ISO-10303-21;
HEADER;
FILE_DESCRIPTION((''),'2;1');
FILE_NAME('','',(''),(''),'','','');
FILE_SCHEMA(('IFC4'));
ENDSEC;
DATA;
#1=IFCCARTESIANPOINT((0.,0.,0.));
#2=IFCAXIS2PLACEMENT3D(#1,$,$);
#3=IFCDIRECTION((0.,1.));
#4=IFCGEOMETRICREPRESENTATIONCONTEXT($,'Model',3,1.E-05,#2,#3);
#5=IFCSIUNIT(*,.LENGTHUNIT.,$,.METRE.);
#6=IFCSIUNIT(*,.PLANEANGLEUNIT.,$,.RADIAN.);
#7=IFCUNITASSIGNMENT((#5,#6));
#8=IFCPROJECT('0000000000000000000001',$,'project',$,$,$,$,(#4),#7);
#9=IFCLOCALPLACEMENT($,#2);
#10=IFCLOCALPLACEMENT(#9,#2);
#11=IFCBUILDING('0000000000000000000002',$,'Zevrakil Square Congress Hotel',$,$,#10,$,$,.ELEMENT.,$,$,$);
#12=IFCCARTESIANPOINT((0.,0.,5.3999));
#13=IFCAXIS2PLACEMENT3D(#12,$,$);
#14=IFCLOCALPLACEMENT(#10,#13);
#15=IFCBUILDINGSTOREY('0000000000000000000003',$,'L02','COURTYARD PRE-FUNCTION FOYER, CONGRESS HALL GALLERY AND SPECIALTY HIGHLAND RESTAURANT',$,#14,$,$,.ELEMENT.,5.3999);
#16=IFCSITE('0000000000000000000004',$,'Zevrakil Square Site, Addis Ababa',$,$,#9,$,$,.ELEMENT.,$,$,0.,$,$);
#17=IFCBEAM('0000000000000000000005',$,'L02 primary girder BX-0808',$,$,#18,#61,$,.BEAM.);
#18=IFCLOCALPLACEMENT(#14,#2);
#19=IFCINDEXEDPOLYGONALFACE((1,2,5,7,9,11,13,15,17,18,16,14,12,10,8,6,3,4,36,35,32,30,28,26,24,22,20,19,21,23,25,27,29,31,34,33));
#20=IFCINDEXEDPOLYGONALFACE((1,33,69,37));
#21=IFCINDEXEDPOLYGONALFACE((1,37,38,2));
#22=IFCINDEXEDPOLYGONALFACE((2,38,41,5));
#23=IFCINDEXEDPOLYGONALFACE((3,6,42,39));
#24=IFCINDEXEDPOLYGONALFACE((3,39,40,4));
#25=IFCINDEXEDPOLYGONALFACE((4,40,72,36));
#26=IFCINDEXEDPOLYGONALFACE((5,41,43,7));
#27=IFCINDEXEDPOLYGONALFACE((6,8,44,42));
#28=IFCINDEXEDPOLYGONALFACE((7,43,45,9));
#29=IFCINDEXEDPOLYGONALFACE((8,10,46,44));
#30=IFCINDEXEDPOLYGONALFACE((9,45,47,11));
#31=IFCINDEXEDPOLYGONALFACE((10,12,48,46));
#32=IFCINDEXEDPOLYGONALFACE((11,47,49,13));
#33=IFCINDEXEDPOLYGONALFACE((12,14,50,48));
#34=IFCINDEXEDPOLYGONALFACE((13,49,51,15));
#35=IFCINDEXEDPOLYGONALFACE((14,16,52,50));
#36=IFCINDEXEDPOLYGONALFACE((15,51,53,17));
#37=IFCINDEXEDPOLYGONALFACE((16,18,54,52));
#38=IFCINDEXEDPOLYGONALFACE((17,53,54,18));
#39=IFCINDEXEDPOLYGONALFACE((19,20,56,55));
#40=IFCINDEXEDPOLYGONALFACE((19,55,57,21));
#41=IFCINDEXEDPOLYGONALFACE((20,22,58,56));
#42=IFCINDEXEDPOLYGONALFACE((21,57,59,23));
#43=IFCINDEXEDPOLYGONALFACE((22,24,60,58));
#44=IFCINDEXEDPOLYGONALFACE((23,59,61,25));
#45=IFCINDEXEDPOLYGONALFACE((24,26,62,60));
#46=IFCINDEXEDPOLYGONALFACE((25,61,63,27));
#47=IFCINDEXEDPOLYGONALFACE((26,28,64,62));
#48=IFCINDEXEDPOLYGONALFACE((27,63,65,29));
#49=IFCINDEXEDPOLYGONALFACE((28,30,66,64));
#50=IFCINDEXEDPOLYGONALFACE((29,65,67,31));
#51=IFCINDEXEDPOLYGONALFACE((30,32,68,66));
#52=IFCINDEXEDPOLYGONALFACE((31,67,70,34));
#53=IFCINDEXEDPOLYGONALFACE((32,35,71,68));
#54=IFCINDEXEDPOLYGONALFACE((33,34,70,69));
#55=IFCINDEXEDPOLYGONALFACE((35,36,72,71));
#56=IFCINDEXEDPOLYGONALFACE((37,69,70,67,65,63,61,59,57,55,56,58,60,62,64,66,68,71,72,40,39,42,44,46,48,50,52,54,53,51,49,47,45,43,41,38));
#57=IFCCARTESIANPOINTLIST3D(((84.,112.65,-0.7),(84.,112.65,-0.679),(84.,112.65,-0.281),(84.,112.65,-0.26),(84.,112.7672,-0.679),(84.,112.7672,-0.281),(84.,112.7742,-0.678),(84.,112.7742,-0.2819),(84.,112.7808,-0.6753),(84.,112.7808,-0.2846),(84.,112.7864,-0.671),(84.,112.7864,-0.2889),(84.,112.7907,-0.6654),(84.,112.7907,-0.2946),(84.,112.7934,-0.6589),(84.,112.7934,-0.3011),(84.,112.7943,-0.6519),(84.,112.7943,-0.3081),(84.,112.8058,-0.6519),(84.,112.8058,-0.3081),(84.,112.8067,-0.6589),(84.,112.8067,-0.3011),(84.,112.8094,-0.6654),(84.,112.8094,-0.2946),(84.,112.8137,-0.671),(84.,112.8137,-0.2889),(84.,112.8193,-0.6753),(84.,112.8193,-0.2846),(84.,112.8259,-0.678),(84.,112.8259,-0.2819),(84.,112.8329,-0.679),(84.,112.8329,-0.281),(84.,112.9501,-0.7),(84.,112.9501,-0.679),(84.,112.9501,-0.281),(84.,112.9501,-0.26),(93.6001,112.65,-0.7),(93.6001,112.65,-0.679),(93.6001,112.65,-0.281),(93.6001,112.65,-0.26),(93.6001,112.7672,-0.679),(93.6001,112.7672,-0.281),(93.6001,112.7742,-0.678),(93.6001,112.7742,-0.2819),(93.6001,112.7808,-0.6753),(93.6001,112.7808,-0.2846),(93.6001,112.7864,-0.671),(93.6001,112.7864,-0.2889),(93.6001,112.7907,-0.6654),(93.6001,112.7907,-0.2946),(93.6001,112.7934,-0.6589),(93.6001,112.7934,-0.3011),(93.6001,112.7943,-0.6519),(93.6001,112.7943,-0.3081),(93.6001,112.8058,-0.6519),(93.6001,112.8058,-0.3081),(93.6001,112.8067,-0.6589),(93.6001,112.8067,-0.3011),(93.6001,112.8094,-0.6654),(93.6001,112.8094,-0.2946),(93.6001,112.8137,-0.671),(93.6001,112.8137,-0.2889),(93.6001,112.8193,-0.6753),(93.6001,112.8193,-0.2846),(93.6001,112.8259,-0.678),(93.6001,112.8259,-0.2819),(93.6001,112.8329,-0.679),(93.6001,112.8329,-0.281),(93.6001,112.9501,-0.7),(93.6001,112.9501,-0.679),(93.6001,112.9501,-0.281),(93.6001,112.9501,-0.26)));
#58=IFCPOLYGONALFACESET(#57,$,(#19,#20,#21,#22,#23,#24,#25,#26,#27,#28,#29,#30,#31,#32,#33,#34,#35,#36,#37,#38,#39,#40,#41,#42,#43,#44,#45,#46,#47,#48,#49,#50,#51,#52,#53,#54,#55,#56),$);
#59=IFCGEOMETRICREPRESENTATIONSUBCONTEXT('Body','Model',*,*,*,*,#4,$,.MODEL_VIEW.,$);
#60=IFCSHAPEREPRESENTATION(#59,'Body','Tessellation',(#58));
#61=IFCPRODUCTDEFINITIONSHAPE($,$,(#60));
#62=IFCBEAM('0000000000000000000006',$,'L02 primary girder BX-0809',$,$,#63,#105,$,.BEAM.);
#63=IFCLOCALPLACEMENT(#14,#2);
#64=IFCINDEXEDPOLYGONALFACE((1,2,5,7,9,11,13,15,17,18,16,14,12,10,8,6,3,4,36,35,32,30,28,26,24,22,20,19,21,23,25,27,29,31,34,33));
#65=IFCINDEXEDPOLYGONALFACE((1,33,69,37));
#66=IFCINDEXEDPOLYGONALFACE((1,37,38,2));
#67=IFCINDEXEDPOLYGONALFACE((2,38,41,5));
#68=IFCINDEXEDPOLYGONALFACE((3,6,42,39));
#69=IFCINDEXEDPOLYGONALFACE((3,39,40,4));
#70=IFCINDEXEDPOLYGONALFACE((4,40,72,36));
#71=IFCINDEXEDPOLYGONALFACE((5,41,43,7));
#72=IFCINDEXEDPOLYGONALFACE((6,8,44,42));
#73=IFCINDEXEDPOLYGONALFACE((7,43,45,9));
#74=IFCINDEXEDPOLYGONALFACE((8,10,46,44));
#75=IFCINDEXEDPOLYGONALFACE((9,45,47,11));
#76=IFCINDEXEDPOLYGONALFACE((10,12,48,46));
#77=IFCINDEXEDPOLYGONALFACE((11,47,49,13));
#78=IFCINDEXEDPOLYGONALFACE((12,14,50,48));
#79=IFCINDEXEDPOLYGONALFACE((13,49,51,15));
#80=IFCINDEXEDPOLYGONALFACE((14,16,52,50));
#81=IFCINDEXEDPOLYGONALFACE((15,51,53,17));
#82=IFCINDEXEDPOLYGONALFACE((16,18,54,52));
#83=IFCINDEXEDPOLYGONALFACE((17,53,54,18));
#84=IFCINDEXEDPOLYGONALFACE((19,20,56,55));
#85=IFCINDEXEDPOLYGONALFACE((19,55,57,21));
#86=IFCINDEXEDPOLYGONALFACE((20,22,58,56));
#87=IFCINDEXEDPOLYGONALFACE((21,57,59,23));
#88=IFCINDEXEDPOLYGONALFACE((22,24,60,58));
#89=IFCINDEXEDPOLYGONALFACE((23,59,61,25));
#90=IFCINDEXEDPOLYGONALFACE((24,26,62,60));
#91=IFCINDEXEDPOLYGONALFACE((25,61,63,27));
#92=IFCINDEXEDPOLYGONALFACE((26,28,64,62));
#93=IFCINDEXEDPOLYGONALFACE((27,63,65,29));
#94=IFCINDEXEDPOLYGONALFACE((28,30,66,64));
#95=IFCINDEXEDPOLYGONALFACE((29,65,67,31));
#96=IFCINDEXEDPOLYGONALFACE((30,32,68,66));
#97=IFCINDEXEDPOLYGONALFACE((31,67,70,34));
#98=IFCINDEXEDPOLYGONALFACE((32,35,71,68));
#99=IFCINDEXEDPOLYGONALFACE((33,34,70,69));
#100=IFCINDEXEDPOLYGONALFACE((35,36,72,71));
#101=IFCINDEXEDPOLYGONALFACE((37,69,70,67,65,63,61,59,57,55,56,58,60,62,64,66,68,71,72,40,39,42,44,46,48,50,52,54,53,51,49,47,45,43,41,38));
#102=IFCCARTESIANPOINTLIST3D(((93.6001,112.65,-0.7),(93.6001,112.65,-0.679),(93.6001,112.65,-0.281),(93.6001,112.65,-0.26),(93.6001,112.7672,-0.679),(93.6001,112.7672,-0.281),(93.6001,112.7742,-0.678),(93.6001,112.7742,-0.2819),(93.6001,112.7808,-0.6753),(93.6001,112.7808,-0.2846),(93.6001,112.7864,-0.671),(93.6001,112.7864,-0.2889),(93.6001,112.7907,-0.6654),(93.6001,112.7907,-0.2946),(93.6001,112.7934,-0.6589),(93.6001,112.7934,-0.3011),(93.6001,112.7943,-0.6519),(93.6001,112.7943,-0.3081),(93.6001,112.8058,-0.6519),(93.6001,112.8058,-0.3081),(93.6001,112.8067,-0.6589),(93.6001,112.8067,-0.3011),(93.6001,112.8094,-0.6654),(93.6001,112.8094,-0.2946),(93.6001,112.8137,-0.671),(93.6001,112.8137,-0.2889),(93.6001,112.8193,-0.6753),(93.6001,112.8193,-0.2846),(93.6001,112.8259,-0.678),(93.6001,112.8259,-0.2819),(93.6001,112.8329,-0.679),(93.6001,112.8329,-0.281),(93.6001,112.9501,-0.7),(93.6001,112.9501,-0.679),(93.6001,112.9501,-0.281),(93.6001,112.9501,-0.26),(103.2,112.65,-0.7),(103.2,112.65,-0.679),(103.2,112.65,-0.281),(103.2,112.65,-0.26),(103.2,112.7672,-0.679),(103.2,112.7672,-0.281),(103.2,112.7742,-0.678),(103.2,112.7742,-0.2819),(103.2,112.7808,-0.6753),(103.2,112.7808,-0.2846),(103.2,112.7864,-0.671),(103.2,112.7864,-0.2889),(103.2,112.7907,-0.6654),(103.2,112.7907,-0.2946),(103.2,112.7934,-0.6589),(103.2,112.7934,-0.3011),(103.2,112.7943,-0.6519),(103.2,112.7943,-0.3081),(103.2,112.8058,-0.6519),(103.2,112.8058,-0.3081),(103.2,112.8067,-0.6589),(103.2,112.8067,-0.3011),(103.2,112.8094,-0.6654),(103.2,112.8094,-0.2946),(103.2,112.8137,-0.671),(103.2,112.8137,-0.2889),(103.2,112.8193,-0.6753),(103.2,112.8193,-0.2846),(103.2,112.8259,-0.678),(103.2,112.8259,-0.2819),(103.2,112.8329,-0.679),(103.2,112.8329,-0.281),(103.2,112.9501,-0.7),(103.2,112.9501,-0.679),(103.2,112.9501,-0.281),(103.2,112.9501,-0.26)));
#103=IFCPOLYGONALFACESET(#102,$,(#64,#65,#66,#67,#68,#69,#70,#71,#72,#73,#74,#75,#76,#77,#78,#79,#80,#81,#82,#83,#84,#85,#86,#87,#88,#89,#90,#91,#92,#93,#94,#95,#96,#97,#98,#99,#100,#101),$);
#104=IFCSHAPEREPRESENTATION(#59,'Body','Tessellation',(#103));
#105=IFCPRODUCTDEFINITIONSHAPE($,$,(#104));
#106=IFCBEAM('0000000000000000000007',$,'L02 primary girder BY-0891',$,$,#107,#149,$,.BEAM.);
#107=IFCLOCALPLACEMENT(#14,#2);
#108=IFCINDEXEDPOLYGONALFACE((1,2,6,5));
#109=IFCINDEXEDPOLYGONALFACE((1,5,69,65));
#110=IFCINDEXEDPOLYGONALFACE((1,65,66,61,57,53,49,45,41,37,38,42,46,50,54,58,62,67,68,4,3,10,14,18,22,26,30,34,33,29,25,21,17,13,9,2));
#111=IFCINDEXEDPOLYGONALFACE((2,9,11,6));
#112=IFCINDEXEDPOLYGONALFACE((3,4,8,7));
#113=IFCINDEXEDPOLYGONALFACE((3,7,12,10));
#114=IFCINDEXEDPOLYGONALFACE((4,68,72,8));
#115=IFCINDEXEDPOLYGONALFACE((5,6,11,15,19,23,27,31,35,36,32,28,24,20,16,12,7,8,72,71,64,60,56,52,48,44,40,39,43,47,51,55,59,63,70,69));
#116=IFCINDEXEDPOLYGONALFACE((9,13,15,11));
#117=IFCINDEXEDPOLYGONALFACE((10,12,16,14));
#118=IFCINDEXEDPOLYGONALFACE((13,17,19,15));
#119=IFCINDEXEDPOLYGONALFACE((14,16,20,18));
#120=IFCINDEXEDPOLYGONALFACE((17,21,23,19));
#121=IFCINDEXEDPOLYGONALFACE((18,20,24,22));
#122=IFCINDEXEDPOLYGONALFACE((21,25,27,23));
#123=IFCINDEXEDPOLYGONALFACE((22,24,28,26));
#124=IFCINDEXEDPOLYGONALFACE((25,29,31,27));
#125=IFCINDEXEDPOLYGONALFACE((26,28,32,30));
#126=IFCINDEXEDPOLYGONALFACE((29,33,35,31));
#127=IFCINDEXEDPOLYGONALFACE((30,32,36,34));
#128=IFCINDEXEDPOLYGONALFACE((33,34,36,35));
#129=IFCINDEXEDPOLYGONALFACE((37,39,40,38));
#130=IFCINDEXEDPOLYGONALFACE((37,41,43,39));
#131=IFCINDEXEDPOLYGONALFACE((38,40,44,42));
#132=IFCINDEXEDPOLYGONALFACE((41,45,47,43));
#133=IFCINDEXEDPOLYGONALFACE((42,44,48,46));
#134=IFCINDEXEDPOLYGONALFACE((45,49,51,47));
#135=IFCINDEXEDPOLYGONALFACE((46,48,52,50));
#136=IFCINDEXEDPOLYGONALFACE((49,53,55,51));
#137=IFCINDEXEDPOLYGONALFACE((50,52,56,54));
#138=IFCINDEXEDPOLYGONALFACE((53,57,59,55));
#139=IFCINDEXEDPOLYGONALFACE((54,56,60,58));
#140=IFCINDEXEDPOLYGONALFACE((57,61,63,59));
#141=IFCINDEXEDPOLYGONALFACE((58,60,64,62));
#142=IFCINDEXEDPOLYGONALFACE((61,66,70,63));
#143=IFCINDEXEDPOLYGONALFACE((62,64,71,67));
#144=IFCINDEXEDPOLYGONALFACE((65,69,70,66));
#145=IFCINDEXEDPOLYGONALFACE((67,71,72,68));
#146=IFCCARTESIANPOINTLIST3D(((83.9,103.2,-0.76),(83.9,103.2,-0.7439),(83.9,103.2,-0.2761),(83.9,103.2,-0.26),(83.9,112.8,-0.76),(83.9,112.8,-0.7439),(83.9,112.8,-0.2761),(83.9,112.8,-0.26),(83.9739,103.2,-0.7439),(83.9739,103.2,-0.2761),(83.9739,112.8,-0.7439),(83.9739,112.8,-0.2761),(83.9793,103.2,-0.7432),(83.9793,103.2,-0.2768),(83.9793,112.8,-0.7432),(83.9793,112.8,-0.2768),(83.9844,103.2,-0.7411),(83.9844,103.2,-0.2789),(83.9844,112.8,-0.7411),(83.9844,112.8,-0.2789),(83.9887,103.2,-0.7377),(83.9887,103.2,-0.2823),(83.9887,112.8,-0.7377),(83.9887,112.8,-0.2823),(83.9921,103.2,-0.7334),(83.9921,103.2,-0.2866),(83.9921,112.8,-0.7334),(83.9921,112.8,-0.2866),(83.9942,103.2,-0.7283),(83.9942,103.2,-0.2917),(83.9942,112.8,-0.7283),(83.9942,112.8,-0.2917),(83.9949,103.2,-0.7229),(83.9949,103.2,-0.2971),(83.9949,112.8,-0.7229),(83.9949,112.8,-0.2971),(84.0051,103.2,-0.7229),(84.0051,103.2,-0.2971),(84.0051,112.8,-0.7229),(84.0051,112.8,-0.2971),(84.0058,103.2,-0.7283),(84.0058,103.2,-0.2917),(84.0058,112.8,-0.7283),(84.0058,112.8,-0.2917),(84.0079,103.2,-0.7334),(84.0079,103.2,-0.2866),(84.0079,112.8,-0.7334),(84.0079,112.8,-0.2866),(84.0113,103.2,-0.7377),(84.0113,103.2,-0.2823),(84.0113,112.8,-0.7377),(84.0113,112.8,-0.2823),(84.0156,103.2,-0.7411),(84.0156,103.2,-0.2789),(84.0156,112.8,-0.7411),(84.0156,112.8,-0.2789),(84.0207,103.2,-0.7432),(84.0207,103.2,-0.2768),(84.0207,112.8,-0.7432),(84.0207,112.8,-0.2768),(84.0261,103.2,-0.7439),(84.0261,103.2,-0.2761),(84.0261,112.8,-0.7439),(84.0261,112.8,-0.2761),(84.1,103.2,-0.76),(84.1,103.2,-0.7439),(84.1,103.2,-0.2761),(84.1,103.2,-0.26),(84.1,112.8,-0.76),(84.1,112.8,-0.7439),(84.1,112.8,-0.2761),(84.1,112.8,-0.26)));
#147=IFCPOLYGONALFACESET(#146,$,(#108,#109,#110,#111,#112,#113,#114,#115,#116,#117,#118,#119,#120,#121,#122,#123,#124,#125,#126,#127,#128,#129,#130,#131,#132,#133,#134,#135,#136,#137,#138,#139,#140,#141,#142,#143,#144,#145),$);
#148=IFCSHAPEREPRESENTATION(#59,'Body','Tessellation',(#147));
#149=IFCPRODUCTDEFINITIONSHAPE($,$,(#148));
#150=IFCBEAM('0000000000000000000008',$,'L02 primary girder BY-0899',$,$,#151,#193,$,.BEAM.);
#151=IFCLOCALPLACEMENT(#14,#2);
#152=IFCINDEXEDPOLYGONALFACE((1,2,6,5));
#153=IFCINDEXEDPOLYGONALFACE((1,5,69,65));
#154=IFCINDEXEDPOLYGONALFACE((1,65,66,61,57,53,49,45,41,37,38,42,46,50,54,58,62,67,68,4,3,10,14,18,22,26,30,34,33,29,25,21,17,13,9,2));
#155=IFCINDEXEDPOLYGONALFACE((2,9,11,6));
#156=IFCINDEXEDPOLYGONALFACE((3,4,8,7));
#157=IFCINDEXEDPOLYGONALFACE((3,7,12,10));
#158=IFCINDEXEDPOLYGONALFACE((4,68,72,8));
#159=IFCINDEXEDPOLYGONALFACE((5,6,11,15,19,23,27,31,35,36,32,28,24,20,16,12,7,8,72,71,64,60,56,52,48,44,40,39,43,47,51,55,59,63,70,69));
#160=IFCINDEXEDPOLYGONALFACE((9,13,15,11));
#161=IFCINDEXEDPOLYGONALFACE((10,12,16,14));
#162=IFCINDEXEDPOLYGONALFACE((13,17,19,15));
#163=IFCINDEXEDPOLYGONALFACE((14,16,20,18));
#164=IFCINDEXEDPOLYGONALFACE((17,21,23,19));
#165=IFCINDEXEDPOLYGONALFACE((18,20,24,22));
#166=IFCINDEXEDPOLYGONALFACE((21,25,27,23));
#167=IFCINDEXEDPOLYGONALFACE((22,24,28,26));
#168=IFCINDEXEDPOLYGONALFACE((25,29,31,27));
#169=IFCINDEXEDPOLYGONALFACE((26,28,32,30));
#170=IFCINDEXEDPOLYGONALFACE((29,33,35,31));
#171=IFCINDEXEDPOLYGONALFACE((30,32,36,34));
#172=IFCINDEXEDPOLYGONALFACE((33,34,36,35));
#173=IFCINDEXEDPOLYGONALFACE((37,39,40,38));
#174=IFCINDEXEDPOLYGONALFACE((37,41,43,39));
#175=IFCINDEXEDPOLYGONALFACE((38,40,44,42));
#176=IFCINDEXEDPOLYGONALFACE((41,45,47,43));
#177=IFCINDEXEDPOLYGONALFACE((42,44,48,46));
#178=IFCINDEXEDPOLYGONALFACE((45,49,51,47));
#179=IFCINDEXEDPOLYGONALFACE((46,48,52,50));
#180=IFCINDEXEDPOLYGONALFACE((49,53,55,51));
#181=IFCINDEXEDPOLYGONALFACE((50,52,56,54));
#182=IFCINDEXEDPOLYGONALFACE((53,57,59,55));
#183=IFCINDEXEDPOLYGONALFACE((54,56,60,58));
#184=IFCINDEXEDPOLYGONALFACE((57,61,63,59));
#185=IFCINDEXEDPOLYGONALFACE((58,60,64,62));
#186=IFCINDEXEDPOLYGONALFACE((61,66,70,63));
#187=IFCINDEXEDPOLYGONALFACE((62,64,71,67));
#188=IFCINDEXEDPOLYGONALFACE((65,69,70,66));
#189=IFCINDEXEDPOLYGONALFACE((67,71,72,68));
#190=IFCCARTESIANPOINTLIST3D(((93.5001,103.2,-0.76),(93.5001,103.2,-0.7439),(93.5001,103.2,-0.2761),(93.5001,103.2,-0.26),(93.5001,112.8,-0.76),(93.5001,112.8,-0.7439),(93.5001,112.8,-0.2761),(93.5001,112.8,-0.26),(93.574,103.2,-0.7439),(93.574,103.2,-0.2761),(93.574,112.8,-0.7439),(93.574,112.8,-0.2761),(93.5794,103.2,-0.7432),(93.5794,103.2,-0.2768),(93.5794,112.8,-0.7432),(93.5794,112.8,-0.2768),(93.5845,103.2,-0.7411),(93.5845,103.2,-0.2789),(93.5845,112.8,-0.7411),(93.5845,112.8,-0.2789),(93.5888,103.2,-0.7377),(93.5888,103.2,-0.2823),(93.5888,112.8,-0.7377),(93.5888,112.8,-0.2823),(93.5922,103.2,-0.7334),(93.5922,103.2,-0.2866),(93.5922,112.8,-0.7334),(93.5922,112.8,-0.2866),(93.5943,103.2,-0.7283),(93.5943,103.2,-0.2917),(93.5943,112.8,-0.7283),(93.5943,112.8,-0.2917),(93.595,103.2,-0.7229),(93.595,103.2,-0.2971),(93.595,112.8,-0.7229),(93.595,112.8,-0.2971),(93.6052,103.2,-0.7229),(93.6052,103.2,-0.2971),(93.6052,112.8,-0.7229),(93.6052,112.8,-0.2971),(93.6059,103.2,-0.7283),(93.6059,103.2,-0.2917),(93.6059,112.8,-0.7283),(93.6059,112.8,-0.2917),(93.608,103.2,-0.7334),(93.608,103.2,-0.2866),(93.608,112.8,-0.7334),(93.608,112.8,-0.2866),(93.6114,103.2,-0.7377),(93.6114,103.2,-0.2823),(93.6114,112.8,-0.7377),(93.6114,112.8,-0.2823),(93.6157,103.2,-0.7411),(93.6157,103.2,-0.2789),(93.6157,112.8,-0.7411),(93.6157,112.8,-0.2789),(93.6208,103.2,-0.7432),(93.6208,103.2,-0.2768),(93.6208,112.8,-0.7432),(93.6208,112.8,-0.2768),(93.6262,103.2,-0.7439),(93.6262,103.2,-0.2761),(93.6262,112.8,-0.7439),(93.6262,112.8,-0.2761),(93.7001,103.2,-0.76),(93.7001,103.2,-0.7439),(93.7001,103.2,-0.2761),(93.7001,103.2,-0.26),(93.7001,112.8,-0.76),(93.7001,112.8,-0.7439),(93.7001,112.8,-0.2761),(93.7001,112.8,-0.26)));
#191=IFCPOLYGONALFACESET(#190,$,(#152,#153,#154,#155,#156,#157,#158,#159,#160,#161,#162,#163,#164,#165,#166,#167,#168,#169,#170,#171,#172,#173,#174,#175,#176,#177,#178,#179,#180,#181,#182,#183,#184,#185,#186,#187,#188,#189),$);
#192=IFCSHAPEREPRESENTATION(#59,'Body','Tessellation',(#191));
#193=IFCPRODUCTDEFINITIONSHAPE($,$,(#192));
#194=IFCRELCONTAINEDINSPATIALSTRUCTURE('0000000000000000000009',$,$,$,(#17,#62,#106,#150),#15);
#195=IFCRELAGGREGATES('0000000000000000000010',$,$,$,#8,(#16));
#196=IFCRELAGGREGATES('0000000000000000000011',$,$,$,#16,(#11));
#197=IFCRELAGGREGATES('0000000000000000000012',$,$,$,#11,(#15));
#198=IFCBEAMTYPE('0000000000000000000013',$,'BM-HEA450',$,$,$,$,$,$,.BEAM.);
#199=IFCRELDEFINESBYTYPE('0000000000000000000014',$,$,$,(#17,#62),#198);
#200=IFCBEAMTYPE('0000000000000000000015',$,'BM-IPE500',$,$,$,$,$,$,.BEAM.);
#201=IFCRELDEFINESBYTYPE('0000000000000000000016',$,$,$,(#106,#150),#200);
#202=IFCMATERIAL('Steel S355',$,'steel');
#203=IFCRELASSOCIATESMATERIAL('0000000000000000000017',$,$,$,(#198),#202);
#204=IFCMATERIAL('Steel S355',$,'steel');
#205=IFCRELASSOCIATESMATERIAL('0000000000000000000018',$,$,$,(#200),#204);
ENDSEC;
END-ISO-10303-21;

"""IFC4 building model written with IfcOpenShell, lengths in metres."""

from ifc_helpers import new_model, si_unit, direction, frame, origin, origin_2d, place, context, subcontext, project, spatial, i_section, extrude, material, material_profile, profile_set, type_object, element, save


model = new_model("IFC4")

# Units and contexts
model_context = context("Model", 3, precision=1e-05, world=origin(), true_north=direction((0.0, 1.0)))
body_context = subcontext(model_context, "Body", "Model", "MODEL_VIEW")
ifc_project = project(units=[si_unit("LENGTHUNIT", "METRE"), si_unit("PLANEANGLEUNIT", "RADIAN")], contexts=[model_context])

# Site, building, storey
site_placement = place(None, origin())
site = spatial("IfcSite", under=ifc_project, at=site_placement, Name="Zevrakil Square Site, Addis Ababa", CompositionType="ELEMENT", RefElevation=0.0)
building_placement = place(site_placement, origin())
building = spatial("IfcBuilding", under=site, at=building_placement, Name="Zevrakil Square Congress Hotel", CompositionType="ELEMENT")
storey_placement = place(building_placement, frame((0.0, 0.0, 5.3999)))
storey = spatial("IfcBuildingStorey", under=building, at=storey_placement, Name="L02", Description="COURTYARD PRE-FUNCTION FOYER, CONGRESS HALL GALLERY AND SPECIALTY HIGHLAND RESTAURANT", CompositionType="ELEMENT", Elevation=5.3999)

# Beams
ifc_material_1 = material(Name="Steel S355", Category="steel")
ifc_material_profile_1 = material_profile(ifc_material_1, i_section(OverallWidth=0.3, OverallDepth=0.4399, WebThickness=0.0115, FlangeThickness=0.021, FilletRadius=0.0271, at=origin_2d()), Name="HEA 450")
ifc_profile_set_1 = profile_set([ifc_material_profile_1], Name="Steel S355")
beam_type_1 = type_object("IfcBeamType", Name="BM-HEA450", PredefinedType="BEAM", material=ifc_profile_set_1)
beam_1_placement = place(storey_placement, frame((84.0, 112.8, -0.48), z_axis=(1.0, 0.0, 0.0), x_axis=(0.0, 1.0, 0.0)))
element("IfcBeam", 1, at=beam_1_placement, inside=storey, type_object=beam_type_1, Name="L02 primary girder BX-0808", PredefinedType="BEAM", context=body_context, shape_type="SweptSolid", body=[
    extrude(i_section(OverallWidth=0.3, OverallDepth=0.4399, WebThickness=0.0115, FlangeThickness=0.021, FilletRadius=0.0271, at=origin_2d()), origin(), (0.0, 0.0, 1.0), 9.6001),
])
beam_2_placement = place(storey_placement, frame((93.6001, 112.8, -0.48), z_axis=(1.0, 0.0, 0.0), x_axis=(0.0, 1.0, 0.0)))
element("IfcBeam", 2, at=beam_2_placement, inside=storey, type_object=beam_type_1, Name="L02 primary girder BX-0809", PredefinedType="BEAM", context=body_context, shape_type="SweptSolid", body=[
    extrude(i_section(OverallWidth=0.3, OverallDepth=0.4399, WebThickness=0.0115, FlangeThickness=0.021, FilletRadius=0.0271, at=origin_2d()), origin(), (0.0, 0.0, 1.0), 9.5999),
])
ifc_material_2 = material(Name="Steel S355", Category="steel")
ifc_material_profile_2 = material_profile(ifc_material_2, i_section(OverallWidth=0.2, OverallDepth=0.5, WebThickness=0.0103, FlangeThickness=0.0161, FilletRadius=0.021, at=origin_2d()), Name="IPE 500")
ifc_profile_set_2 = profile_set([ifc_material_profile_2], Name="Steel S355")
beam_type_2 = type_object("IfcBeamType", Name="BM-IPE500", PredefinedType="BEAM", material=ifc_profile_set_2)
for number, where, z_axis, x_axis, name in (
    (3, (84.0, 103.2, -0.51), (0.0, 1.0, 0.0), (-1.0, 0.0, 0.0), "L02 primary girder BY-0891"),
    (4, (93.6001, 103.2, -0.51), (0.0, 1.0, 0.0), (-1.0, 0.0, 0.0), "L02 primary girder BY-0899"),
):
    element("IfcBeam", number, at=place(storey_placement, frame(where, z_axis=z_axis, x_axis=x_axis)), inside=storey, type_object=beam_type_2, Name=name, PredefinedType="BEAM", context=body_context, shape_type="SweptSolid", body=[
        extrude(i_section(OverallWidth=0.2, OverallDepth=0.5, WebThickness=0.0103, FlangeThickness=0.0161, FilletRadius=0.021, at=origin_2d()), origin(), (0.0, 0.0, 1.0), 9.6001),
    ])

save(model, "model.ifc")
